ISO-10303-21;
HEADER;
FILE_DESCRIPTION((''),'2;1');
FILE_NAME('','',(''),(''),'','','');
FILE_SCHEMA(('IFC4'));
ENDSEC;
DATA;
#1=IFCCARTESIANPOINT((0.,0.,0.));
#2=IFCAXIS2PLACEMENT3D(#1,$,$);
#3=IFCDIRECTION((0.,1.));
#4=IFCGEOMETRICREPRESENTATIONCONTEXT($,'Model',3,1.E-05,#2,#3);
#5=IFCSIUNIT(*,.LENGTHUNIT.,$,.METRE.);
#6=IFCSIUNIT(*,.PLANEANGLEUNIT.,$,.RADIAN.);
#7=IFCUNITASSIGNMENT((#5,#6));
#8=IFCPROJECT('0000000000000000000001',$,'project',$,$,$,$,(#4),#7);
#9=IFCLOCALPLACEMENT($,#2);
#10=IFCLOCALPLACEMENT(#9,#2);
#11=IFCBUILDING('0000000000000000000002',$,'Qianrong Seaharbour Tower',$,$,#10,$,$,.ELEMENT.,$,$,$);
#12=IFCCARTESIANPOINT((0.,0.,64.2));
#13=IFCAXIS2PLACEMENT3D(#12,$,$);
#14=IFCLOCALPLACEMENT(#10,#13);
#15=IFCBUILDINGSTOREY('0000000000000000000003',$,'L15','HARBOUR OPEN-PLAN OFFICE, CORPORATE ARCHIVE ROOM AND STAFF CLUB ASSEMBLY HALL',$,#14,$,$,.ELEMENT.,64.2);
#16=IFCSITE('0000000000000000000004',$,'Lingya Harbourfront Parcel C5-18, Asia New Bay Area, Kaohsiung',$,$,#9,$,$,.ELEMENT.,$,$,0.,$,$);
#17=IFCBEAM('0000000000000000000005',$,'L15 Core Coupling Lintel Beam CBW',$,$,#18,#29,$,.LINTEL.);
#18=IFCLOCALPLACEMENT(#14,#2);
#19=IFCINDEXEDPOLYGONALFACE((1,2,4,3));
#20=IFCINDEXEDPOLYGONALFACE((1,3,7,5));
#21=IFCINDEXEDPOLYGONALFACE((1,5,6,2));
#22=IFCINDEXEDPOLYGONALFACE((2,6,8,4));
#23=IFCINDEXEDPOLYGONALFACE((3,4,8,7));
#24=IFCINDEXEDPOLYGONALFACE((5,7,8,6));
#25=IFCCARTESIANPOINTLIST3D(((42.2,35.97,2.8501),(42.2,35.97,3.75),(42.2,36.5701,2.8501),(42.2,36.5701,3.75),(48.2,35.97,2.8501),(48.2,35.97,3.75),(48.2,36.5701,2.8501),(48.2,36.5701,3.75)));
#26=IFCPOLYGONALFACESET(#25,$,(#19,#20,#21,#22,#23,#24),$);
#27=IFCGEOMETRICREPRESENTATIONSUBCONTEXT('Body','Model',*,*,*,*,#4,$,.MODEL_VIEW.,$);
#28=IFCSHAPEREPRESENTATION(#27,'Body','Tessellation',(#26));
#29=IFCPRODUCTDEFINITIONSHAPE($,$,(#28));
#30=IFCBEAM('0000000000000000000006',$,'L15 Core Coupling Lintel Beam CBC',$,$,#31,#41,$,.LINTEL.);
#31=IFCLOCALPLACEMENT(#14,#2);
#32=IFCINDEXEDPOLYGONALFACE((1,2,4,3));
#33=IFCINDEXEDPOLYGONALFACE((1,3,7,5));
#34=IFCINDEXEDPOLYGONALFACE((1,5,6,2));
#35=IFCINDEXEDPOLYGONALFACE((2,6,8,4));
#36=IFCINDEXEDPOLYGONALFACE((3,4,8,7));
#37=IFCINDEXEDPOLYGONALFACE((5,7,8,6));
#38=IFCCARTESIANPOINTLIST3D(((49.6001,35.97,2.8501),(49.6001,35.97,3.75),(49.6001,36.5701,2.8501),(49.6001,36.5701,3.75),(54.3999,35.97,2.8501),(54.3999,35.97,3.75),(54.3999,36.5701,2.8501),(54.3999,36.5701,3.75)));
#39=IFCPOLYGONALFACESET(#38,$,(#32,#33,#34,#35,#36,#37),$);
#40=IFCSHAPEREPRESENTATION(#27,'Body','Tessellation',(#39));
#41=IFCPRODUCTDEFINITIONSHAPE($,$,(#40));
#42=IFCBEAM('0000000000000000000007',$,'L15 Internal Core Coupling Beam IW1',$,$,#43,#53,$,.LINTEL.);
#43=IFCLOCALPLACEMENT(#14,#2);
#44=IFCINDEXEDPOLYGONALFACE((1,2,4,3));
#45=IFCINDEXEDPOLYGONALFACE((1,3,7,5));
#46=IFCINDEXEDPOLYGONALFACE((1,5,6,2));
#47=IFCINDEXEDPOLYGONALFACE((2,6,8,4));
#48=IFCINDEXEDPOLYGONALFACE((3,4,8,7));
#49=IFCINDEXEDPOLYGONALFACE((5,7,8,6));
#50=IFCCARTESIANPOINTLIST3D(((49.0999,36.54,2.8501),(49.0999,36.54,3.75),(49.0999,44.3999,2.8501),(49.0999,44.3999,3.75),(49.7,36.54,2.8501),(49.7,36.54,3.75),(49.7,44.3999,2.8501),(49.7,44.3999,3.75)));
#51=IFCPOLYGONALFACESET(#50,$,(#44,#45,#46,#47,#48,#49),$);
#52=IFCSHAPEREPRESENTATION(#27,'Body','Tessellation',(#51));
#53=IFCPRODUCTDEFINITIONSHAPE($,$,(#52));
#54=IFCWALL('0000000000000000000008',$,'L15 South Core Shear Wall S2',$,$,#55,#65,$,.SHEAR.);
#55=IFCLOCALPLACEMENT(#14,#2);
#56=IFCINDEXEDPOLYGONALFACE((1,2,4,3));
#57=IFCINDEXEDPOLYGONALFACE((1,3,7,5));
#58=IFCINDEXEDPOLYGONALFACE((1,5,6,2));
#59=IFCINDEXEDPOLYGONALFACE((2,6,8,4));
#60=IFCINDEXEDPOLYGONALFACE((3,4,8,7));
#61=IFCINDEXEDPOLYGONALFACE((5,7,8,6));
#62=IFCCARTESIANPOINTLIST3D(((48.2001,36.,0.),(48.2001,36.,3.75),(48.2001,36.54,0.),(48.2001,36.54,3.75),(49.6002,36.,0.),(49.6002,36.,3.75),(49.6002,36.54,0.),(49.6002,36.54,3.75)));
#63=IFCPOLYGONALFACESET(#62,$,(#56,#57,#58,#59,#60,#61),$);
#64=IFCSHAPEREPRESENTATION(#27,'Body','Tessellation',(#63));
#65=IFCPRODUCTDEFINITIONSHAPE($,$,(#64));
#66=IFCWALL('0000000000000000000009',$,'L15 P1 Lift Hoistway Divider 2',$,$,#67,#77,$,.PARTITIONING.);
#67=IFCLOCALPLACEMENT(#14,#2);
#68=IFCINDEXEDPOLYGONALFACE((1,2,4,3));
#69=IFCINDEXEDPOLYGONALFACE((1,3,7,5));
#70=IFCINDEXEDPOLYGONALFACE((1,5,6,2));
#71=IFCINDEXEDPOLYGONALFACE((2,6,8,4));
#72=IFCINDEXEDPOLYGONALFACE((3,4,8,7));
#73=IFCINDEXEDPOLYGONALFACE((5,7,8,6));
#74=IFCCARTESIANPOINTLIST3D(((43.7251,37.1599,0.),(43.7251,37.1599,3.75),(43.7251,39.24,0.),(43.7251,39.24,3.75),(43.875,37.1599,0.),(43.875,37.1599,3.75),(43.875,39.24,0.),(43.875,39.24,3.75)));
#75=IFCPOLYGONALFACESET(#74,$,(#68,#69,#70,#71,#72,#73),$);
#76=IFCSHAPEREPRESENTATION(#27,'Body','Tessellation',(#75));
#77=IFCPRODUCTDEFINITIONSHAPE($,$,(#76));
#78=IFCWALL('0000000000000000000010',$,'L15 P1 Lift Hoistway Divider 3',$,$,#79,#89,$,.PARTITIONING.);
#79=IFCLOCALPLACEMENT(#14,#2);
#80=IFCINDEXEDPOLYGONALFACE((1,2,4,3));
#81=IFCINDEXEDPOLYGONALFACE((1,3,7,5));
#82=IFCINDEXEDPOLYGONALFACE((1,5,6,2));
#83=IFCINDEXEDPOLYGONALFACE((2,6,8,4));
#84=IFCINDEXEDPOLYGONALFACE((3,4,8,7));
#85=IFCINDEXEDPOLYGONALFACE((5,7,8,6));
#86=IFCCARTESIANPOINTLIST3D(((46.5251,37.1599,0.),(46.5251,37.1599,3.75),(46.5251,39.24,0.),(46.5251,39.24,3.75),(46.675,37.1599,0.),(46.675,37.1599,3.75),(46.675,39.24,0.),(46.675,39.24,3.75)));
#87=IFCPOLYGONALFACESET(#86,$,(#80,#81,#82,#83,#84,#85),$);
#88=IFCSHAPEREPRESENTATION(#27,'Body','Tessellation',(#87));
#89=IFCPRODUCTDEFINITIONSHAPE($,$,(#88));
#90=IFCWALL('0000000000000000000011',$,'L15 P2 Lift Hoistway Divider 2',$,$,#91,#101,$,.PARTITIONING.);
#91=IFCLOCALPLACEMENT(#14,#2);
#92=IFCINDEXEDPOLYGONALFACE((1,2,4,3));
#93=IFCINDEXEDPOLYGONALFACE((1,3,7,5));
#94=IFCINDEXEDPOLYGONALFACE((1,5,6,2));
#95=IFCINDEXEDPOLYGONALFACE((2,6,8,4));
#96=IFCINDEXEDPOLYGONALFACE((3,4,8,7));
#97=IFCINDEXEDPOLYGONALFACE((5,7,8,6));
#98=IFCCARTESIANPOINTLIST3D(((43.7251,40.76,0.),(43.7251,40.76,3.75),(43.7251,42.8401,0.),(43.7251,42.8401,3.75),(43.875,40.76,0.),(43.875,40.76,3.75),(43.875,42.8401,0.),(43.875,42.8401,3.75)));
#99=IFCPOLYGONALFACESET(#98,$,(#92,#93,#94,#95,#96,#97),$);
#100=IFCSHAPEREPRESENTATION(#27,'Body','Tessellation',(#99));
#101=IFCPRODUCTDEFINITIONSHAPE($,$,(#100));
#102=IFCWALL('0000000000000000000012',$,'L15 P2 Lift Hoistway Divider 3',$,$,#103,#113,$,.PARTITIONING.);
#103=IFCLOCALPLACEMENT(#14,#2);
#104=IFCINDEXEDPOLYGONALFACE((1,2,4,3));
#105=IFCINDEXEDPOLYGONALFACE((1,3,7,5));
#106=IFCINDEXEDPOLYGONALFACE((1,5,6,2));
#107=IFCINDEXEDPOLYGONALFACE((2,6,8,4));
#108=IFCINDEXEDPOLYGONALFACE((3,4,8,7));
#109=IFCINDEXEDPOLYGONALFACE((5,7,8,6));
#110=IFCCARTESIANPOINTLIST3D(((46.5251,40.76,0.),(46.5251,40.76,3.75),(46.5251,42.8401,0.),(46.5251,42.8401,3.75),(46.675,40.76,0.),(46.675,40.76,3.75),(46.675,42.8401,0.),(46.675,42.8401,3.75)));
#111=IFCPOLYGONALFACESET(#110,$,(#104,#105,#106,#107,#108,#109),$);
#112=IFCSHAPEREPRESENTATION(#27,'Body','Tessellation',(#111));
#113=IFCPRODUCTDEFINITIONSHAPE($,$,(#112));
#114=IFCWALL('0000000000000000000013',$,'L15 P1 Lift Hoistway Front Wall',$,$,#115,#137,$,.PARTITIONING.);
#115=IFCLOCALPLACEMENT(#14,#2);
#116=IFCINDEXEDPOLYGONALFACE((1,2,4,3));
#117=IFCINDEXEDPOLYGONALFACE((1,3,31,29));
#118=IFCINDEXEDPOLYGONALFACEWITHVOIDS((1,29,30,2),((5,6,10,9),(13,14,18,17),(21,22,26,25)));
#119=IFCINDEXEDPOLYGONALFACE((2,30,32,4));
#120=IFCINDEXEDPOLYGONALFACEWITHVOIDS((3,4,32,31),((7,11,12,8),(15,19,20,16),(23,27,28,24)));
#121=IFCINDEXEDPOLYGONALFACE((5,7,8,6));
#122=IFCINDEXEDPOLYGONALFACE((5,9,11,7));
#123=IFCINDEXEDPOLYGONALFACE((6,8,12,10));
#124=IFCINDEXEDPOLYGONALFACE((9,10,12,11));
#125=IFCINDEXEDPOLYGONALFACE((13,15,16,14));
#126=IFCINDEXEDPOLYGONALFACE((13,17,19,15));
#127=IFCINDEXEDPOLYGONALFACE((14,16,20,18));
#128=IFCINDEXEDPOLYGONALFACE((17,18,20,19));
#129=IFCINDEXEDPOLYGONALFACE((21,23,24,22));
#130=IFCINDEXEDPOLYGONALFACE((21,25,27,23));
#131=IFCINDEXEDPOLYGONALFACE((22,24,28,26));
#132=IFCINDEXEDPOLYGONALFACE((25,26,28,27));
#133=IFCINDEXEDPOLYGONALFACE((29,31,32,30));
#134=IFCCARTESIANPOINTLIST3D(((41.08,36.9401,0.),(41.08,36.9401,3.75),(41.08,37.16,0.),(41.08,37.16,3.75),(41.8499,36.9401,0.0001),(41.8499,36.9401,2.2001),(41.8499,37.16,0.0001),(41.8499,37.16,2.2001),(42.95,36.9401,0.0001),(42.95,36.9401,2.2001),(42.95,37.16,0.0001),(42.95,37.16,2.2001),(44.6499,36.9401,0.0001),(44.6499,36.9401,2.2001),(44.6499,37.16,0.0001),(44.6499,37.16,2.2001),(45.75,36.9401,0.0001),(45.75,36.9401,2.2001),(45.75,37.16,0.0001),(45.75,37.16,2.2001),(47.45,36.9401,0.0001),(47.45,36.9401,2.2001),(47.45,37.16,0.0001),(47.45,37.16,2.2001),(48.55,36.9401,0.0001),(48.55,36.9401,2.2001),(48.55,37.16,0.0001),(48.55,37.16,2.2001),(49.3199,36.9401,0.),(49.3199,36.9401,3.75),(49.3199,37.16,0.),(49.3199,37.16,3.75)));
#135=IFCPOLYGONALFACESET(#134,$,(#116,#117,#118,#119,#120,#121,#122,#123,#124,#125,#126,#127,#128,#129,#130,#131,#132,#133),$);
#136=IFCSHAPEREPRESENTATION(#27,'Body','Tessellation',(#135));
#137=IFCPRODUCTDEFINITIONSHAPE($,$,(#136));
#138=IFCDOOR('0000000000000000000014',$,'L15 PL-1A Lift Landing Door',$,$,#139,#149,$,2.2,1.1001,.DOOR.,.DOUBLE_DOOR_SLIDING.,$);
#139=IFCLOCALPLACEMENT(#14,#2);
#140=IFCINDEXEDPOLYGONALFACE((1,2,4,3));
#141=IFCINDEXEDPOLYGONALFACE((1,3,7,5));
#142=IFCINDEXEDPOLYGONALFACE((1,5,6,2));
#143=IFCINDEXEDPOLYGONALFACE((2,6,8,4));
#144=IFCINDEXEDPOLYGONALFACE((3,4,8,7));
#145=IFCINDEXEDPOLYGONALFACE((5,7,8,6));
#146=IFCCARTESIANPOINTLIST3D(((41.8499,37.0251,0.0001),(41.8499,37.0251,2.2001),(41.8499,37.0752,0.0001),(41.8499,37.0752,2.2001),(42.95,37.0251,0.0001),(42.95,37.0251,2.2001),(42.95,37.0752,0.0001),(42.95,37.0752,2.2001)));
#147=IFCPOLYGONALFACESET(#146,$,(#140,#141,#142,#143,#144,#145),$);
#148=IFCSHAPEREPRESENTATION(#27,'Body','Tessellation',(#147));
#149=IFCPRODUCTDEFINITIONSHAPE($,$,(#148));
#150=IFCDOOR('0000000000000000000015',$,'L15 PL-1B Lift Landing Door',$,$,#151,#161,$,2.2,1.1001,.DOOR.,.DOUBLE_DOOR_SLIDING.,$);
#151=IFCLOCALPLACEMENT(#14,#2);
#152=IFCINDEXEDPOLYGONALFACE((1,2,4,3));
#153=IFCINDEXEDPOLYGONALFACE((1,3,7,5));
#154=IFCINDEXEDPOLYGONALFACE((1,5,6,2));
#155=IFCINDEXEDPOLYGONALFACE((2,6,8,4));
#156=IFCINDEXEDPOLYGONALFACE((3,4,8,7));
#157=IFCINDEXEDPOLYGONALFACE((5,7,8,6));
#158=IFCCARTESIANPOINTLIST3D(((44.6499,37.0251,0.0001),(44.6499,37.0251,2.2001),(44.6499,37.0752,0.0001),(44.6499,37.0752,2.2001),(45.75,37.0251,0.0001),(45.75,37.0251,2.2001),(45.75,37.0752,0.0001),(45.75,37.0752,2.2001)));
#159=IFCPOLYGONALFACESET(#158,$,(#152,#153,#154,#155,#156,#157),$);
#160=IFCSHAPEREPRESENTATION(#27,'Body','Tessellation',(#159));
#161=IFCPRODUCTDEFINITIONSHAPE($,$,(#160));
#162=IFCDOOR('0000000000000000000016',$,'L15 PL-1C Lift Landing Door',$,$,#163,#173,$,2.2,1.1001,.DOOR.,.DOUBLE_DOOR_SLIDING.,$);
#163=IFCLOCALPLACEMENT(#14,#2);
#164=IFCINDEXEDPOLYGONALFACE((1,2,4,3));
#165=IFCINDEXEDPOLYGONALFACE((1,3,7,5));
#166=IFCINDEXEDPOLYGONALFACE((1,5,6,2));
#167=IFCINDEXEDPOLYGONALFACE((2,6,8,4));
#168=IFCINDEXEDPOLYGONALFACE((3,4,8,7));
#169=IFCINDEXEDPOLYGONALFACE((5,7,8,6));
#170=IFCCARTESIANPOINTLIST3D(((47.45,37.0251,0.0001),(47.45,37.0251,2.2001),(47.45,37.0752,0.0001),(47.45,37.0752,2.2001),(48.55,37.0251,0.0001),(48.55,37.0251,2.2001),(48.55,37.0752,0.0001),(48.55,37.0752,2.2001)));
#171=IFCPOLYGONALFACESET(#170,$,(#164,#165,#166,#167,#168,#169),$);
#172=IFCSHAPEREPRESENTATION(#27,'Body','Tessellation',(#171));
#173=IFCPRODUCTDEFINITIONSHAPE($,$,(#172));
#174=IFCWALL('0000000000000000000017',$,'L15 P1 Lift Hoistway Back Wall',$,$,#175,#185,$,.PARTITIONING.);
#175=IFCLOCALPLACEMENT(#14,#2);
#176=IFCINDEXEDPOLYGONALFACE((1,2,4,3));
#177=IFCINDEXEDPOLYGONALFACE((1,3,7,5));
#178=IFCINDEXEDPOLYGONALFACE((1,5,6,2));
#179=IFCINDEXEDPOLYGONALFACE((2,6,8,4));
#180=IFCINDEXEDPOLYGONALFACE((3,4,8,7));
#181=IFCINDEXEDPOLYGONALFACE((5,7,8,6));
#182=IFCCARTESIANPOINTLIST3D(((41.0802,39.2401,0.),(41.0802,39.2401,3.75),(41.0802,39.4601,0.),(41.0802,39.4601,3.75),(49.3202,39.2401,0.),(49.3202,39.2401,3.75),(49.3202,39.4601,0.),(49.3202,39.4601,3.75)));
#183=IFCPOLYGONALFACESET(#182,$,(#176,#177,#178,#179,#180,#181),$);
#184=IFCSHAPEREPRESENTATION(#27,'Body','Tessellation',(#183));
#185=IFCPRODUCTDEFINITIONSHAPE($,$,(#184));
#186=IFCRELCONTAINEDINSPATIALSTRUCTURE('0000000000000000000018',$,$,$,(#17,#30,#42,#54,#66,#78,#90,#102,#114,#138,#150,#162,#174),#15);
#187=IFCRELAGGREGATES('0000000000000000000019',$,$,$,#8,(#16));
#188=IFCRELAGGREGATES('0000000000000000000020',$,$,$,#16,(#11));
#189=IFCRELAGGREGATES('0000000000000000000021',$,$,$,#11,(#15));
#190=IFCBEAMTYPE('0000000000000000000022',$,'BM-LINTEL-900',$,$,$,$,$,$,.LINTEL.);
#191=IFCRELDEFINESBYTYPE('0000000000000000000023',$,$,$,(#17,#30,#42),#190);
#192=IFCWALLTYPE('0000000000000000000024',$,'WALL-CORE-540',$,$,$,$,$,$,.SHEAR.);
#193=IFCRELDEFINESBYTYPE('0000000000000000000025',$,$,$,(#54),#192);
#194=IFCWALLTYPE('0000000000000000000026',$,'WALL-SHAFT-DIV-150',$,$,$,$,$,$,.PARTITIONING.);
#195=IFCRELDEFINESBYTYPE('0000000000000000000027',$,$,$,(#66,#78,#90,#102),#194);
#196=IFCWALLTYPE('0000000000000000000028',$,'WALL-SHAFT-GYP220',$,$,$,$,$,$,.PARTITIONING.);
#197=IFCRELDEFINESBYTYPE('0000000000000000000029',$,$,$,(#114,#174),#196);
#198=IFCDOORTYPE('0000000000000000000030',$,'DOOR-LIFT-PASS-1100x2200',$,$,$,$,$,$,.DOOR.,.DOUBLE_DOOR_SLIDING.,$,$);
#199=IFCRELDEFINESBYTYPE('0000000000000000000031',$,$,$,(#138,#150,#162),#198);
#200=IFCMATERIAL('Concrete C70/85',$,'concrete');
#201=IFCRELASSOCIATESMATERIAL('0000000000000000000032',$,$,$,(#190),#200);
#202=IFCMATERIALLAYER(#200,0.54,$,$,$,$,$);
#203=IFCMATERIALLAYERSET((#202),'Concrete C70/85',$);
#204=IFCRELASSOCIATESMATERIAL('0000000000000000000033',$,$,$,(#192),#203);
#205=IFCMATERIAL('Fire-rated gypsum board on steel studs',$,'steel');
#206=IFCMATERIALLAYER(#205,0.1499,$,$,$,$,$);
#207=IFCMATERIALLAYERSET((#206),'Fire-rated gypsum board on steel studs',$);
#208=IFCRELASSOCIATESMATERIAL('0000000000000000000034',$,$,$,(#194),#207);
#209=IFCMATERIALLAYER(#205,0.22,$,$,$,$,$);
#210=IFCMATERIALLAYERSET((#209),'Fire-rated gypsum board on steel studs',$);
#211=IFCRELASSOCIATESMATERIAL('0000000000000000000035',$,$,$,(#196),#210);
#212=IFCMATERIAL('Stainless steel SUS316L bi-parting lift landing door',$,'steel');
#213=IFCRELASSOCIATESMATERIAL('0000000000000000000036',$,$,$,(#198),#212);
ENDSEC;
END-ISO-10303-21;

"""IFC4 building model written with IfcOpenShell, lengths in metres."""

from ifc_helpers import new_model, si_unit, direction, frame, frame_2d, origin, origin_2d, place, context, subcontext, project, spatial, rectangle, extrude, material, layer, layer_set, material_profile, profile_set, type_object, element, fill, save


model = new_model("IFC4")

# Units and contexts
model_context = context("Model", 3, precision=1e-05, world=origin(), true_north=direction((0.0, 1.0)))
body_context = subcontext(model_context, "Body", "Model", "MODEL_VIEW")
ifc_project = project(units=[si_unit("LENGTHUNIT", "METRE"), si_unit("PLANEANGLEUNIT", "RADIAN")], contexts=[model_context])

# Site, building, storey
site_placement = place(None, origin())
site = spatial("IfcSite", under=ifc_project, at=site_placement, Name="Lingya Harbourfront Parcel C5-18, Asia New Bay Area, Kaohsiung", CompositionType="ELEMENT", RefElevation=0.0)
building_placement = place(site_placement, origin())
building = spatial("IfcBuilding", under=site, at=building_placement, Name="Qianrong Seaharbour Tower", CompositionType="ELEMENT")
storey_placement = place(building_placement, frame((0.0, 0.0, 64.2)))
storey = spatial("IfcBuildingStorey", under=building, at=storey_placement, Name="L15", Description="HARBOUR OPEN-PLAN OFFICE, CORPORATE ARCHIVE ROOM AND STAFF CLUB ASSEMBLY HALL", CompositionType="ELEMENT", Elevation=64.2)

# Beams
ifc_material_1 = material(Name="Concrete C70/85", Category="concrete")
ifc_material_profile = material_profile(ifc_material_1, rectangle(XDim=0.6001, YDim=0.8999, at=origin_2d()), Name="RC600x900")
ifc_profile_set = profile_set([ifc_material_profile], Name="Concrete C70/85")
beam_type = type_object("IfcBeamType", Name="BM-LINTEL-900", PredefinedType="LINTEL", material=ifc_profile_set)
beam_1_placement = place(storey_placement, frame((42.2, 36.27, 3.3), z_axis=(1.0, 0.0, 0.0), x_axis=(0.0, 1.0, 0.0)))
element("IfcBeam", 1, at=beam_1_placement, inside=storey, type_object=beam_type, Name="L15 Core Coupling Lintel Beam CBW", PredefinedType="LINTEL", context=body_context, shape_type="SweptSolid", body=[
    extrude(rectangle(XDim=0.6001, YDim=0.8999, at=origin_2d()), origin(), (0.0, 0.0, 1.0), 6.0),
])
beam_2_placement = place(storey_placement, frame((49.6001, 36.27, 3.3), z_axis=(1.0, 0.0, 0.0), x_axis=(0.0, 1.0, 0.0)))
element("IfcBeam", 2, at=beam_2_placement, inside=storey, type_object=beam_type, Name="L15 Core Coupling Lintel Beam CBC", PredefinedType="LINTEL", context=body_context, shape_type="SweptSolid", body=[
    extrude(rectangle(XDim=0.6001, YDim=0.8999, at=origin_2d()), origin(), (0.0, 0.0, 1.0), 4.7998),
])
beam_3_placement = place(storey_placement, frame((49.3999, 36.54, 3.3), z_axis=(0.0, 1.0, 0.0), x_axis=(-1.0, 0.0, 0.0)))
element("IfcBeam", 3, at=beam_3_placement, inside=storey, type_object=beam_type, Name="L15 Internal Core Coupling Beam IW1", PredefinedType="LINTEL", context=body_context, shape_type="SweptSolid", body=[
    extrude(rectangle(XDim=0.6001, YDim=0.8999, at=origin_2d()), origin(), (0.0, 0.0, 1.0), 7.8599),
])

# Walls
ifc_layer_1 = layer(ifc_material_1, 0.54)
ifc_layer_set_1 = layer_set([ifc_layer_1], Name="Concrete C70/85")
wall_type_1 = type_object("IfcWallType", Name="WALL-CORE-540", PredefinedType="SHEAR", material=ifc_layer_set_1)
wall_1_placement = place(storey_placement, frame((48.2, 36.27, 0.0), z_axis=(0.0, 0.0, 1.0), x_axis=(1.0, 0.0, 0.0)))
element("IfcWall", 4, at=wall_1_placement, inside=storey, type_object=wall_type_1, Name="L15 South Core Shear Wall S2", PredefinedType="SHEAR", context=body_context, shape_type="SweptSolid", body=[
    extrude(rectangle(XDim=1.4001, YDim=0.54, at=frame_2d((0.7002, 0.0))), origin(), (0.0, 0.0, 1.0), 3.75),
])
ifc_material_2 = material(Name="Fire-rated gypsum board on steel studs", Category="steel")
ifc_layer_2 = layer(ifc_material_2, 0.1499)
ifc_layer_set_2 = layer_set([ifc_layer_2], Name="Fire-rated gypsum board on steel studs")
wall_type_2 = type_object("IfcWallType", Name="WALL-SHAFT-DIV-150", PredefinedType="PARTITIONING", material=ifc_layer_set_2)
for number, where, z_axis, x_axis, name in (
    (5, (43.8, 37.1599, 0.0), (0.0, 0.0, 1.0), (0.0, 1.0, 0.0), "L15 P1 Lift Hoistway Divider 2"),
    (6, (46.6001, 37.1599, 0.0), (0.0, 0.0, 1.0), (0.0, 1.0, 0.0), "L15 P1 Lift Hoistway Divider 3"),
    (7, (43.8, 40.76, 0.0), (0.0, 0.0, 1.0), (0.0, 1.0, 0.0), "L15 P2 Lift Hoistway Divider 2"),
    (8, (46.6001, 40.76, 0.0), (0.0, 0.0, 1.0), (0.0, 1.0, 0.0), "L15 P2 Lift Hoistway Divider 3"),
):
    element("IfcWall", number, at=place(storey_placement, frame(where, z_axis=z_axis, x_axis=x_axis)), inside=storey, type_object=wall_type_2, Name=name, PredefinedType="PARTITIONING", context=body_context, shape_type="SweptSolid", body=[
        extrude(rectangle(XDim=2.0801, YDim=0.1499, at=frame_2d((1.04, 0.0))), origin(), (0.0, 0.0, 1.0), 3.75),
    ])

# Wall, openings, doors
ifc_layer_3 = layer(ifc_material_2, 0.22)
ifc_layer_set_3 = layer_set([ifc_layer_3], Name="Fire-rated gypsum board on steel studs")
wall_type_3 = type_object("IfcWallType", Name="WALL-SHAFT-GYP220", PredefinedType="PARTITIONING", material=ifc_layer_set_3)
wall_2_placement = place(storey_placement, frame((49.3201, 37.05, 0.0), z_axis=(0.0, 0.0, 1.0), x_axis=(-1.0, 0.0, 0.0)))
wall_2 = element("IfcWall", 9, at=wall_2_placement, inside=storey, type_object=wall_type_3, Name="L15 P1 Lift Hoistway Front Wall", PredefinedType="PARTITIONING", context=body_context, shape_type="SweptSolid", body=[
    extrude(rectangle(XDim=8.24, YDim=0.22, at=frame_2d((4.1201, 0.0))), origin(), (0.0, 0.0, 1.0), 3.75),
])
opening_1_placement = place(wall_2_placement, frame((6.3701, 0.0, 0.0)))
opening_1 = element("IfcOpeningElement", 10, at=opening_1_placement, cuts=wall_2, PredefinedType="OPENING", context=body_context, shape_type="SweptSolid", body=[
    extrude(rectangle(XDim=1.1001, YDim=2.2, at=frame_2d((0.55, 1.1001))), frame((0.0, 0.1201, 0.0), z_axis=(0.0, -1.0, 0.0), x_axis=(1.0, 0.0, 0.0)), (0.0, 0.0, 1.0), 0.24),
])
opening_2_placement = place(wall_2_placement, frame((3.5701, 0.0, 0.0)))
opening_2 = element("IfcOpeningElement", 11, at=opening_2_placement, cuts=wall_2, PredefinedType="OPENING", context=body_context, shape_type="SweptSolid", body=[
    extrude(rectangle(XDim=1.1001, YDim=2.2, at=frame_2d((0.55, 1.1001))), frame((0.0, 0.1201, 0.0), z_axis=(0.0, -1.0, 0.0), x_axis=(1.0, 0.0, 0.0)), (0.0, 0.0, 1.0), 0.24),
])
opening_3_placement = place(wall_2_placement, frame((0.77, 0.0, 0.0)))
opening_3 = element("IfcOpeningElement", 12, at=opening_3_placement, cuts=wall_2, PredefinedType="OPENING", context=body_context, shape_type="SweptSolid", body=[
    extrude(rectangle(XDim=1.1001, YDim=2.2, at=frame_2d((0.55, 1.1001))), frame((0.0, 0.1201, 0.0), z_axis=(0.0, -1.0, 0.0), x_axis=(1.0, 0.0, 0.0)), (0.0, 0.0, 1.0), 0.24),
])
ifc_material_3 = material(Name="Stainless steel SUS316L bi-parting lift landing door", Category="steel")
door_type = type_object("IfcDoorType", Name="DOOR-LIFT-PASS-1100x2200", OperationType="DOUBLE_DOOR_SLIDING", PredefinedType="DOOR", material=ifc_material_3)
door_1_placement = place(opening_1_placement, origin())
door_1 = element("IfcDoor", 13, at=door_1_placement, inside=storey, type_object=door_type, Name="L15 PL-1A Lift Landing Door", OperationType="DOUBLE_DOOR_SLIDING", OverallHeight=2.2, OverallWidth=1.1001, PredefinedType="DOOR", context=body_context, shape_type="SweptSolid", body=[
    extrude(rectangle(XDim=1.1001, YDim=2.2, at=frame_2d((0.55, 1.1001))), frame((0.0, 0.0249, 0.0), z_axis=(0.0, -1.0, 0.0), x_axis=(1.0, 0.0, 0.0)), (0.0, 0.0, 1.0), 0.05),
])
fill(opening_1, door_1)
door_2_placement = place(opening_2_placement, origin())
door_2 = element("IfcDoor", 14, at=door_2_placement, inside=storey, type_object=door_type, Name="L15 PL-1B Lift Landing Door", OperationType="DOUBLE_DOOR_SLIDING", OverallHeight=2.2, OverallWidth=1.1001, PredefinedType="DOOR", context=body_context, shape_type="SweptSolid", body=[
    extrude(rectangle(XDim=1.1001, YDim=2.2, at=frame_2d((0.55, 1.1001))), frame((0.0, 0.0249, 0.0), z_axis=(0.0, -1.0, 0.0), x_axis=(1.0, 0.0, 0.0)), (0.0, 0.0, 1.0), 0.05),
])
fill(opening_2, door_2)
door_3_placement = place(opening_3_placement, origin())
door_3 = element("IfcDoor", 15, at=door_3_placement, inside=storey, type_object=door_type, Name="L15 PL-1C Lift Landing Door", OperationType="DOUBLE_DOOR_SLIDING", OverallHeight=2.2, OverallWidth=1.1001, PredefinedType="DOOR", context=body_context, shape_type="SweptSolid", body=[
    extrude(rectangle(XDim=1.1001, YDim=2.2, at=frame_2d((0.55, 1.1001))), frame((0.0, 0.0249, 0.0), z_axis=(0.0, -1.0, 0.0), x_axis=(1.0, 0.0, 0.0)), (0.0, 0.0, 1.0), 0.05),
])
fill(opening_3, door_3)

# Wall
for number, where, z_axis, x_axis, name in (
    (16, (41.0801, 39.3501, 0.0), (0.0, 0.0, 1.0), (1.0, 0.0, 0.0), "L15 P1 Lift Hoistway Back Wall"),
):
    element("IfcWall", number, at=place(storey_placement, frame(where, z_axis=z_axis, x_axis=x_axis)), inside=storey, type_object=wall_type_3, Name=name, PredefinedType="PARTITIONING", context=body_context, shape_type="SweptSolid", body=[
        extrude(rectangle(XDim=8.24, YDim=0.22, at=frame_2d((4.1201, 0.0))), origin(), (0.0, 0.0, 1.0), 3.75),
    ])

save(model, "model.ifc")
